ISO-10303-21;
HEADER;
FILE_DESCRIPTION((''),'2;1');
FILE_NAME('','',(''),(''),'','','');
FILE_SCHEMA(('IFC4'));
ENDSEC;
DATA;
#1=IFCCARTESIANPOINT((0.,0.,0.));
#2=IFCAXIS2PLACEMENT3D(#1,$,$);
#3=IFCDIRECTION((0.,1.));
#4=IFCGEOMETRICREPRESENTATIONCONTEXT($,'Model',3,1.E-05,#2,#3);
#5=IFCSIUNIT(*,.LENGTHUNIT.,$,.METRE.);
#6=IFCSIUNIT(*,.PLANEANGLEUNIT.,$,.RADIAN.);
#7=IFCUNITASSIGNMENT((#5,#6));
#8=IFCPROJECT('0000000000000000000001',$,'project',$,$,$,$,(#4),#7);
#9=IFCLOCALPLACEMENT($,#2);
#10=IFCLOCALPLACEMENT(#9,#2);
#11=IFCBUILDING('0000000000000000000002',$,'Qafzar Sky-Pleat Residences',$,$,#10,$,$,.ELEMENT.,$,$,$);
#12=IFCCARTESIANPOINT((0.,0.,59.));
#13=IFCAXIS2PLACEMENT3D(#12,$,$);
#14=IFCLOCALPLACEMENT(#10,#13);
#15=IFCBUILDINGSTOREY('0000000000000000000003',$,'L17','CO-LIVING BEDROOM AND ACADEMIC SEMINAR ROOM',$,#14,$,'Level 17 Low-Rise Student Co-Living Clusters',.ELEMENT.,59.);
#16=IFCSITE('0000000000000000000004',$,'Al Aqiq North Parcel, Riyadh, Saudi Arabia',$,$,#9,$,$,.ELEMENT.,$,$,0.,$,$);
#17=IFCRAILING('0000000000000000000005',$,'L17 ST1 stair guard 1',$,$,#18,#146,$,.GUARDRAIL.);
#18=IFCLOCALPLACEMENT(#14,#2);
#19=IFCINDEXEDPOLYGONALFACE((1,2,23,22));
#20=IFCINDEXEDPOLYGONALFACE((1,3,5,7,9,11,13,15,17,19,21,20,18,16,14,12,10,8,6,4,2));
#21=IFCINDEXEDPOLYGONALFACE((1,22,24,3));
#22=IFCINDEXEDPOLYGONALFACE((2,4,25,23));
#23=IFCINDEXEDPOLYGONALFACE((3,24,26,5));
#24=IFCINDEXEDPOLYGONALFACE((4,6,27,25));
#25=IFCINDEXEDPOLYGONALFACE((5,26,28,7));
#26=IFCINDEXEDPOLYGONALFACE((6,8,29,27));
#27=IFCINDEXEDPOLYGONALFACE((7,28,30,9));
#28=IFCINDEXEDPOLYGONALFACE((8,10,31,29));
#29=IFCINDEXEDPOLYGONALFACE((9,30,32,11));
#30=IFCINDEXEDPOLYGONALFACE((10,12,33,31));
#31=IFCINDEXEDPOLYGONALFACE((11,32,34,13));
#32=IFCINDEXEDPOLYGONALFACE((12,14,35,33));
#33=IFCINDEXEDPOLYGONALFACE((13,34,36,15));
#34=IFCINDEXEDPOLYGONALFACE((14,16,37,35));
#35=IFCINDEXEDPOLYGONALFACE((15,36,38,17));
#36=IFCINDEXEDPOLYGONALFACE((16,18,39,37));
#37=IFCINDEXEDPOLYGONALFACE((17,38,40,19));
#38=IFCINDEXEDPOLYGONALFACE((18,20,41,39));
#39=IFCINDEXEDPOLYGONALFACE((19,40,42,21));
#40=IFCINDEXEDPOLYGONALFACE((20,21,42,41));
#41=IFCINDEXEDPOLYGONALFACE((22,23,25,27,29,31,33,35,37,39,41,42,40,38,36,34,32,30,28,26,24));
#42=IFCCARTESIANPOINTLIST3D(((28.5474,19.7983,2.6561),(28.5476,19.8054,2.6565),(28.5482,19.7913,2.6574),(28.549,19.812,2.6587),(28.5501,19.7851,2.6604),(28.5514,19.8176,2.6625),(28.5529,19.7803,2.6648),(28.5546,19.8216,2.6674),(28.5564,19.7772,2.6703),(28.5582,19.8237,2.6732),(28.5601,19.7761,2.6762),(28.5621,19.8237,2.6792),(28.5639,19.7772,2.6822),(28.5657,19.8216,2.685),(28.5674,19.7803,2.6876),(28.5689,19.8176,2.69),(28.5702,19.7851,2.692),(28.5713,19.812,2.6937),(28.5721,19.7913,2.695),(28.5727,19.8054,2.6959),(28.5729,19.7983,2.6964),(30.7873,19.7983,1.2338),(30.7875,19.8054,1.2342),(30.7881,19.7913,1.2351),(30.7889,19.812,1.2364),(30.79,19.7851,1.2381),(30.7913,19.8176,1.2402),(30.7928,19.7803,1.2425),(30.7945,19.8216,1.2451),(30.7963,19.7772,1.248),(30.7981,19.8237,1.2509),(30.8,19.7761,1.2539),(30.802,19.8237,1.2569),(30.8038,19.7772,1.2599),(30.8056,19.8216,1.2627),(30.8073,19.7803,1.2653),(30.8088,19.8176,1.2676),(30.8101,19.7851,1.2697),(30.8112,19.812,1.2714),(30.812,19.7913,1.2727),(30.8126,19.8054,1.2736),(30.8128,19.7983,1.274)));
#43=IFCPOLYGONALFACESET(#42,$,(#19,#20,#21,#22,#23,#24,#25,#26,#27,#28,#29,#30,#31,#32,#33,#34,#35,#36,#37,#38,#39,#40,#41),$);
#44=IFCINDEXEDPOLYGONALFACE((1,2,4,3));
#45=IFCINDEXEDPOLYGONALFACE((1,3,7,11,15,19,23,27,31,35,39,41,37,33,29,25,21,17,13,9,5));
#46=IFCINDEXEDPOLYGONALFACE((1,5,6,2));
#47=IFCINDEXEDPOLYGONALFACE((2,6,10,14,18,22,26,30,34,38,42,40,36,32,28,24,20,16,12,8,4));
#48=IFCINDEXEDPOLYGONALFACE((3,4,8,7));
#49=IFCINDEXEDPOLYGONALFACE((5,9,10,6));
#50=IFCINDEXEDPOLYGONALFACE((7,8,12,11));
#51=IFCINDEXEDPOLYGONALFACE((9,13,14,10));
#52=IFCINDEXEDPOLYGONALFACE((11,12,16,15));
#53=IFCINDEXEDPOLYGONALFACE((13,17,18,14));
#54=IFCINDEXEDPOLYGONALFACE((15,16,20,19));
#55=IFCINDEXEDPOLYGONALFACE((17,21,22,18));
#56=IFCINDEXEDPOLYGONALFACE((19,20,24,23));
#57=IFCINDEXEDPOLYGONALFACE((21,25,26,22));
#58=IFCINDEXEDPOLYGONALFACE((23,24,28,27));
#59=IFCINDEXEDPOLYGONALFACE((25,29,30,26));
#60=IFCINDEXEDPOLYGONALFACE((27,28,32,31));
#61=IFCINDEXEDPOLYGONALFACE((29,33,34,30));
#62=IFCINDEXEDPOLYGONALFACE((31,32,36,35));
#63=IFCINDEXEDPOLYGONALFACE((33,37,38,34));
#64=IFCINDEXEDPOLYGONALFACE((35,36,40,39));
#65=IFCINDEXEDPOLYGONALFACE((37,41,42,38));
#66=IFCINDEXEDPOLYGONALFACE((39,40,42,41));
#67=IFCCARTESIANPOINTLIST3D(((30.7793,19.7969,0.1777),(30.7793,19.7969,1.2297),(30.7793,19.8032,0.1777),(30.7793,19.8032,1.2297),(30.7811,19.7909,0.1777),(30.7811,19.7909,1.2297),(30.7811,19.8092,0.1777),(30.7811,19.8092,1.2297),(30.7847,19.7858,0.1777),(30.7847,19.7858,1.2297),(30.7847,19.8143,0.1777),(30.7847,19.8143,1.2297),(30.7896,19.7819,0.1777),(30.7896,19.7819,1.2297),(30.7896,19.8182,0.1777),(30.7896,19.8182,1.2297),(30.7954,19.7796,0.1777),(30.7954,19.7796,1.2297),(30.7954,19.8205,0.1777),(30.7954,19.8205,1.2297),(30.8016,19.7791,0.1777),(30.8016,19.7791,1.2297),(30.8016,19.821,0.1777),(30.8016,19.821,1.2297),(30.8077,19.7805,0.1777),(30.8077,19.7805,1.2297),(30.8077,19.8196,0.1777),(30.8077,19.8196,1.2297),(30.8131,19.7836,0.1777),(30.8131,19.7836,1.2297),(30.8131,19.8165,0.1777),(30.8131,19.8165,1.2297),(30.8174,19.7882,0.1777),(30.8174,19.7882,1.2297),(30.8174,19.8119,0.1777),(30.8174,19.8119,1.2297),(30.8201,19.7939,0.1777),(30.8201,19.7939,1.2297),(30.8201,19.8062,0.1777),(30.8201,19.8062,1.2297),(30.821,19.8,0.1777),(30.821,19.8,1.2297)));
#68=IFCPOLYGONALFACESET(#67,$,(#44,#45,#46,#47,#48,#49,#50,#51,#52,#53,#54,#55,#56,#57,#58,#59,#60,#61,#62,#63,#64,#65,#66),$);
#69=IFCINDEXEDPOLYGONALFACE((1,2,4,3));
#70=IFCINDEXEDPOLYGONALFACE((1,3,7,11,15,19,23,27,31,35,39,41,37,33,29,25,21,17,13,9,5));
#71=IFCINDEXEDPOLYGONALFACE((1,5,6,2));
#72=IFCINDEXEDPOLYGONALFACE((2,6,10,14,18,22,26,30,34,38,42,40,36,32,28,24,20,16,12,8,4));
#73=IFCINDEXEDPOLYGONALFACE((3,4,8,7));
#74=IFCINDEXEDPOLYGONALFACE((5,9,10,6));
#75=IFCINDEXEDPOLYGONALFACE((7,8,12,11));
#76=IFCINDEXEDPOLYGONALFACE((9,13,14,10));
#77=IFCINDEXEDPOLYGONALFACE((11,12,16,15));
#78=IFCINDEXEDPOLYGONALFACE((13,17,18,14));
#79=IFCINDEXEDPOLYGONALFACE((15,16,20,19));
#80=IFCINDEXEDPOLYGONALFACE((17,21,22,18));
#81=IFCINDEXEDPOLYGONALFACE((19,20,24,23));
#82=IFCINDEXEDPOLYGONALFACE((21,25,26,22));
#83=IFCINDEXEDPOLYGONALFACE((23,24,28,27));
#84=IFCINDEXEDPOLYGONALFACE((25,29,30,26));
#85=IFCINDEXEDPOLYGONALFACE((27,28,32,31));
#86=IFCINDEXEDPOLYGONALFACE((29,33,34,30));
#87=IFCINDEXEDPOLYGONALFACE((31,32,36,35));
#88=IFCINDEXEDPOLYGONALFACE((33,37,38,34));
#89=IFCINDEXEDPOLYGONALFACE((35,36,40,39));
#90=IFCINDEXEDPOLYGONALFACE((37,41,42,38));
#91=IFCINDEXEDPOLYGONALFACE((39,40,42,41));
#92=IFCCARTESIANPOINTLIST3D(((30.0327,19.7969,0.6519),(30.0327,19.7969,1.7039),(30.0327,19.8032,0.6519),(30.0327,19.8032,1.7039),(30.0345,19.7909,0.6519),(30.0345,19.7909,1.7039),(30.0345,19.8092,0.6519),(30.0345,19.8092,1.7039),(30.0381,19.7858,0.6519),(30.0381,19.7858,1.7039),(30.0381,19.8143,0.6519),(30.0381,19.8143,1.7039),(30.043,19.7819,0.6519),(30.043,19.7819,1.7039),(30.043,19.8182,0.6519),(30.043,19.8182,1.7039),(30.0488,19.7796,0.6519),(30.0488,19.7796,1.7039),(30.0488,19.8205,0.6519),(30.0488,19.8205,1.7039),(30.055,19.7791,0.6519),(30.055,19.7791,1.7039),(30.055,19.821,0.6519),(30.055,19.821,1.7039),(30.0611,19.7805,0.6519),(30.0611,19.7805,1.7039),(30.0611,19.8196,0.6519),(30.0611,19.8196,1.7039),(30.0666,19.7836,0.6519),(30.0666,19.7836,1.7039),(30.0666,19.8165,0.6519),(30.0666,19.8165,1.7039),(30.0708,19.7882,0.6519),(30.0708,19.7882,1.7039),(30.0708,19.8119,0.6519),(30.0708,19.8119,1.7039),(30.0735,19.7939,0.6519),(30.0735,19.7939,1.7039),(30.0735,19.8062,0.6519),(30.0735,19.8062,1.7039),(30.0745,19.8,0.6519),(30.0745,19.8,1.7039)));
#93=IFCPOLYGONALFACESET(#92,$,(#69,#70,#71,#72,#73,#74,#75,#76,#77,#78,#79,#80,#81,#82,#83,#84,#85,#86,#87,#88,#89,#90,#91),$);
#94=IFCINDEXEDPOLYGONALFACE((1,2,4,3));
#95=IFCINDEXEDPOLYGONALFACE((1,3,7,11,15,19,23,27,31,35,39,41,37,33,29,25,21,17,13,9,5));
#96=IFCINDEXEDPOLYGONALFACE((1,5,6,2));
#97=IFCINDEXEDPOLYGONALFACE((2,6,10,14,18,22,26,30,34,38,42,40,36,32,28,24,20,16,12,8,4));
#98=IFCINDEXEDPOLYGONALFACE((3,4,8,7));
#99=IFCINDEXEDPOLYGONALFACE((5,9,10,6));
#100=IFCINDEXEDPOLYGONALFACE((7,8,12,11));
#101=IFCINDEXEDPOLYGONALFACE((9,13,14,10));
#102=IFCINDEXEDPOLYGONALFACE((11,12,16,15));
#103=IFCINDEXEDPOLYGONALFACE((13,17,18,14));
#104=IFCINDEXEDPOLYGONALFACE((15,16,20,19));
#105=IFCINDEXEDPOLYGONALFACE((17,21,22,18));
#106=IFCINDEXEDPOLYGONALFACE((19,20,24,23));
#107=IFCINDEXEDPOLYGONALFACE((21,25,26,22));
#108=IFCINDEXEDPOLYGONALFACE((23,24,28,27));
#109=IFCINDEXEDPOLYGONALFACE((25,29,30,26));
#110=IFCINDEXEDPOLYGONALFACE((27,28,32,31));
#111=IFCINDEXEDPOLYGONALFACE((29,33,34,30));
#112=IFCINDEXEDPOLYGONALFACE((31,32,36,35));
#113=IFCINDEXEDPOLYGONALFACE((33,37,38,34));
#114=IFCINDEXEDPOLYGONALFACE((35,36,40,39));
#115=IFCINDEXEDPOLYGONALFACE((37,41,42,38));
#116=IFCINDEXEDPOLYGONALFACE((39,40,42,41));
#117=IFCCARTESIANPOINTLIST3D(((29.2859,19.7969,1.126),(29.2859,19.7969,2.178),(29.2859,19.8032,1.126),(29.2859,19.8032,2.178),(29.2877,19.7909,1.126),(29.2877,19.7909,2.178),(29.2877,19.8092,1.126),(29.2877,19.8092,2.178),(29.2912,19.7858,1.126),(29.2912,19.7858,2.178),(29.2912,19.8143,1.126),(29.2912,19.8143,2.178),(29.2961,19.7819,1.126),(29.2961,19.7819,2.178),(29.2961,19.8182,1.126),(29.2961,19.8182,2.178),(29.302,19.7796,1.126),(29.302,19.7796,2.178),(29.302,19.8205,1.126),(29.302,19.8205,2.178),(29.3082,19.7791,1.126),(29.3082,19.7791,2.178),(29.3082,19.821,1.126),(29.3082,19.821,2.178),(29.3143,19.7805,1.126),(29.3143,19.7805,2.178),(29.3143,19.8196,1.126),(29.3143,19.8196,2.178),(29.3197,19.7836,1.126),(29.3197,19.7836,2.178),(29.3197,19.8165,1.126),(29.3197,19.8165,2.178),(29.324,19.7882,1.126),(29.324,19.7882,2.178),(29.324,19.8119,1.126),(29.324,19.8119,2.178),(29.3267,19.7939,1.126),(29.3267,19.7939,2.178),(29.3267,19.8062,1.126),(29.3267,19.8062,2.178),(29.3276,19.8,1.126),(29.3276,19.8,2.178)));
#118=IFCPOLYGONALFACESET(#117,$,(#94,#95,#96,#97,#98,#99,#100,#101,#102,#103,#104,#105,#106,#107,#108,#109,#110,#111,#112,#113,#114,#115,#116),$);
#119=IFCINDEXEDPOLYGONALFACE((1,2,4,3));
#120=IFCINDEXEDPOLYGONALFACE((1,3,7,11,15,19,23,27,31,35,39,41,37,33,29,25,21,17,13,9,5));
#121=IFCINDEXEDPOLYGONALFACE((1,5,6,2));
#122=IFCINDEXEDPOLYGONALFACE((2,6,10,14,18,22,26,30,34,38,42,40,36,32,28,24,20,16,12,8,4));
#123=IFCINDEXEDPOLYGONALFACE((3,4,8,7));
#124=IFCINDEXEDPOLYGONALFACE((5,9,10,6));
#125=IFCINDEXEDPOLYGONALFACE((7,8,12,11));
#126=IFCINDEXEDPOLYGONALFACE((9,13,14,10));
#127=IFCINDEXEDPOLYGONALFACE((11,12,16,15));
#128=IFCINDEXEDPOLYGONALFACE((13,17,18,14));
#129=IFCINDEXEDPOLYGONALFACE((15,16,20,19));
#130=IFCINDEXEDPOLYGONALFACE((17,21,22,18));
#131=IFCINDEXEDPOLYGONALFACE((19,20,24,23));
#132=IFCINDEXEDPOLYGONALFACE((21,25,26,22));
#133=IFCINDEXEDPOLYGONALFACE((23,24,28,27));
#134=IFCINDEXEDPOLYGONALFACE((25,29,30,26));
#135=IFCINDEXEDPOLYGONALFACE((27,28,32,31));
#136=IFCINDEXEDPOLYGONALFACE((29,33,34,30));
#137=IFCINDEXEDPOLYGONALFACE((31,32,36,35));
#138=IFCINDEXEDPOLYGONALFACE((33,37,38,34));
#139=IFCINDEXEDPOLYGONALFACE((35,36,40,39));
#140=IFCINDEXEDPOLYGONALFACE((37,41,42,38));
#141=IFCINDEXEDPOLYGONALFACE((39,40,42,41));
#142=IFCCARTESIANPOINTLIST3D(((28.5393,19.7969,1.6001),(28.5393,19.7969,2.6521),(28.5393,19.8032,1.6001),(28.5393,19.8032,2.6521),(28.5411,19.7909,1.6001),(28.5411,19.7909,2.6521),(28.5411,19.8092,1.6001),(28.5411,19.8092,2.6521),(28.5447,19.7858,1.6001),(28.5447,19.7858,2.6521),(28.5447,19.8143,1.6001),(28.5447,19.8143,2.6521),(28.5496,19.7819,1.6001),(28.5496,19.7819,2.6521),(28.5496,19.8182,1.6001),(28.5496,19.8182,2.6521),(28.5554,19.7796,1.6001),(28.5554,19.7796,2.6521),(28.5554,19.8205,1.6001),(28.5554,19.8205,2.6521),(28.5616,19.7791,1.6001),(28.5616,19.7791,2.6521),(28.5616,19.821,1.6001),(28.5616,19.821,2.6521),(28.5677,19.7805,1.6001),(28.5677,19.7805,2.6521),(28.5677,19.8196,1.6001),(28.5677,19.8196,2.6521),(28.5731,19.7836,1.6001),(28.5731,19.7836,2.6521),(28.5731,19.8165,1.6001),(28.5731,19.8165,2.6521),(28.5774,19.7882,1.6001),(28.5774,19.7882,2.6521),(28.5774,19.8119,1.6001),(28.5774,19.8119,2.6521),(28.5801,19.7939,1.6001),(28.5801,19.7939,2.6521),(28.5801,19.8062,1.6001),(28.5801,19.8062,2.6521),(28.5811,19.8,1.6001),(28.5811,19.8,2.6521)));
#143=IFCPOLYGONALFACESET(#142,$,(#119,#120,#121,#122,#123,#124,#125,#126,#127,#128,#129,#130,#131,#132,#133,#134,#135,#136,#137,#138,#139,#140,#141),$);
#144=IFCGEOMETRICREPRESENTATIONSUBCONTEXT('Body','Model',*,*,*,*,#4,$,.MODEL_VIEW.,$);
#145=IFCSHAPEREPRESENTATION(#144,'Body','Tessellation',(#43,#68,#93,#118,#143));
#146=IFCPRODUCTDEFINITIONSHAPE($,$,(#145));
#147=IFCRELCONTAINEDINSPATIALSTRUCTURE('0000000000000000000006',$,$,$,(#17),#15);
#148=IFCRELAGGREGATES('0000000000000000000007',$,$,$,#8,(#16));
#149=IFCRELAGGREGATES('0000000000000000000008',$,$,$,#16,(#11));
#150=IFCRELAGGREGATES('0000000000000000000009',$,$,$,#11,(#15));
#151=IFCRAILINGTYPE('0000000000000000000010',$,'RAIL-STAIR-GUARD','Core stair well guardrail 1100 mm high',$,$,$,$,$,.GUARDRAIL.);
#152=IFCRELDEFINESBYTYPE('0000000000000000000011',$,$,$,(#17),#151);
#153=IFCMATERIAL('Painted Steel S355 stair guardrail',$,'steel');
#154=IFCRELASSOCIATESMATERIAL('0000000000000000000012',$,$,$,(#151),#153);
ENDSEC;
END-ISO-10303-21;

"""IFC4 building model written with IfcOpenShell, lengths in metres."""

from ifc_helpers import new_model, si_unit, direction, frame, origin, origin_2d, place, context, subcontext, project, spatial, circle, extrude, source, transform, mapped, material, type_object, element, save


model = new_model("IFC4")

# Units and contexts
model_context = context("Model", 3, precision=1e-05, world=origin(), true_north=direction((0.0, 1.0)))
body_context = subcontext(model_context, "Body", "Model", "MODEL_VIEW")
ifc_project = project(units=[si_unit("LENGTHUNIT", "METRE"), si_unit("PLANEANGLEUNIT", "RADIAN")], contexts=[model_context])

# Site, building, storey
site_placement = place(None, origin())
site = spatial("IfcSite", under=ifc_project, at=site_placement, Name="Al Aqiq North Parcel, Riyadh, Saudi Arabia", CompositionType="ELEMENT", RefElevation=0.0)
building_placement = place(site_placement, origin())
building = spatial("IfcBuilding", under=site, at=building_placement, Name="Qafzar Sky-Pleat Residences", CompositionType="ELEMENT")
storey_placement = place(building_placement, frame((0.0, 0.0, 59.0)))
storey = spatial("IfcBuildingStorey", under=building, at=storey_placement, Name="L17", Description="CO-LIVING BEDROOM AND ACADEMIC SEMINAR ROOM", LongName="Level 17 Low-Rise Student Co-Living Clusters", CompositionType="ELEMENT", Elevation=59.0)

# Railing
ifc_material_1 = material(Name="Painted Steel S355 stair guardrail", Category="steel")
railing_type_1 = type_object("IfcRailingType", Name="RAIL-STAIR-GUARD", Description="Core stair well guardrail 1100 mm high", PredefinedType="GUARDRAIL", material=ifc_material_1)
shared_shape_1 = source(origin(), body_context, "Body", "SweptSolid", [
    extrude(circle(Radius=0.0239, at=origin_2d()), frame((0.0, 0.0, 1.0762), z_axis=(-0.844188, 0.0, 0.536048), x_axis=(0.0, -1.0, 0.0)), (0.0, 0.0, 1.0), 2.6533),
    extrude(circle(Radius=0.021, at=origin_2d()), origin(), (0.0, 0.0, 1.0), 1.052),
    extrude(circle(Radius=0.021, at=origin_2d()), frame((-0.7466, 0.0, 0.4741)), (0.0, 0.0, 1.0), 1.052),
    extrude(circle(Radius=0.021, at=origin_2d()), frame((-1.4934, 0.0, 0.9482)), (0.0, 0.0, 1.0), 1.052),
    extrude(circle(Radius=0.021, at=origin_2d()), frame((-2.24, 0.0, 1.4224)), (0.0, 0.0, 1.0), 1.052),
])
railing_1_placement = place(storey_placement, frame((30.8, 19.8, 0.1777)))
element("IfcRailing", 1, at=railing_1_placement, inside=storey, type_object=railing_type_1, Name="L17 ST1 stair guard 1", PredefinedType="GUARDRAIL", context=body_context, shape_type="MappedRepresentation", body=[
    mapped(shared_shape_1, transform((0.0, 0.0, 0.0), x_axis=(1.0, 0.0, 0.0), y_axis=(0.0, 1.0, 0.0), z_axis=(0.0, 0.0, 1.0), scale=1.0)),
])

save(model, "model.ifc")
